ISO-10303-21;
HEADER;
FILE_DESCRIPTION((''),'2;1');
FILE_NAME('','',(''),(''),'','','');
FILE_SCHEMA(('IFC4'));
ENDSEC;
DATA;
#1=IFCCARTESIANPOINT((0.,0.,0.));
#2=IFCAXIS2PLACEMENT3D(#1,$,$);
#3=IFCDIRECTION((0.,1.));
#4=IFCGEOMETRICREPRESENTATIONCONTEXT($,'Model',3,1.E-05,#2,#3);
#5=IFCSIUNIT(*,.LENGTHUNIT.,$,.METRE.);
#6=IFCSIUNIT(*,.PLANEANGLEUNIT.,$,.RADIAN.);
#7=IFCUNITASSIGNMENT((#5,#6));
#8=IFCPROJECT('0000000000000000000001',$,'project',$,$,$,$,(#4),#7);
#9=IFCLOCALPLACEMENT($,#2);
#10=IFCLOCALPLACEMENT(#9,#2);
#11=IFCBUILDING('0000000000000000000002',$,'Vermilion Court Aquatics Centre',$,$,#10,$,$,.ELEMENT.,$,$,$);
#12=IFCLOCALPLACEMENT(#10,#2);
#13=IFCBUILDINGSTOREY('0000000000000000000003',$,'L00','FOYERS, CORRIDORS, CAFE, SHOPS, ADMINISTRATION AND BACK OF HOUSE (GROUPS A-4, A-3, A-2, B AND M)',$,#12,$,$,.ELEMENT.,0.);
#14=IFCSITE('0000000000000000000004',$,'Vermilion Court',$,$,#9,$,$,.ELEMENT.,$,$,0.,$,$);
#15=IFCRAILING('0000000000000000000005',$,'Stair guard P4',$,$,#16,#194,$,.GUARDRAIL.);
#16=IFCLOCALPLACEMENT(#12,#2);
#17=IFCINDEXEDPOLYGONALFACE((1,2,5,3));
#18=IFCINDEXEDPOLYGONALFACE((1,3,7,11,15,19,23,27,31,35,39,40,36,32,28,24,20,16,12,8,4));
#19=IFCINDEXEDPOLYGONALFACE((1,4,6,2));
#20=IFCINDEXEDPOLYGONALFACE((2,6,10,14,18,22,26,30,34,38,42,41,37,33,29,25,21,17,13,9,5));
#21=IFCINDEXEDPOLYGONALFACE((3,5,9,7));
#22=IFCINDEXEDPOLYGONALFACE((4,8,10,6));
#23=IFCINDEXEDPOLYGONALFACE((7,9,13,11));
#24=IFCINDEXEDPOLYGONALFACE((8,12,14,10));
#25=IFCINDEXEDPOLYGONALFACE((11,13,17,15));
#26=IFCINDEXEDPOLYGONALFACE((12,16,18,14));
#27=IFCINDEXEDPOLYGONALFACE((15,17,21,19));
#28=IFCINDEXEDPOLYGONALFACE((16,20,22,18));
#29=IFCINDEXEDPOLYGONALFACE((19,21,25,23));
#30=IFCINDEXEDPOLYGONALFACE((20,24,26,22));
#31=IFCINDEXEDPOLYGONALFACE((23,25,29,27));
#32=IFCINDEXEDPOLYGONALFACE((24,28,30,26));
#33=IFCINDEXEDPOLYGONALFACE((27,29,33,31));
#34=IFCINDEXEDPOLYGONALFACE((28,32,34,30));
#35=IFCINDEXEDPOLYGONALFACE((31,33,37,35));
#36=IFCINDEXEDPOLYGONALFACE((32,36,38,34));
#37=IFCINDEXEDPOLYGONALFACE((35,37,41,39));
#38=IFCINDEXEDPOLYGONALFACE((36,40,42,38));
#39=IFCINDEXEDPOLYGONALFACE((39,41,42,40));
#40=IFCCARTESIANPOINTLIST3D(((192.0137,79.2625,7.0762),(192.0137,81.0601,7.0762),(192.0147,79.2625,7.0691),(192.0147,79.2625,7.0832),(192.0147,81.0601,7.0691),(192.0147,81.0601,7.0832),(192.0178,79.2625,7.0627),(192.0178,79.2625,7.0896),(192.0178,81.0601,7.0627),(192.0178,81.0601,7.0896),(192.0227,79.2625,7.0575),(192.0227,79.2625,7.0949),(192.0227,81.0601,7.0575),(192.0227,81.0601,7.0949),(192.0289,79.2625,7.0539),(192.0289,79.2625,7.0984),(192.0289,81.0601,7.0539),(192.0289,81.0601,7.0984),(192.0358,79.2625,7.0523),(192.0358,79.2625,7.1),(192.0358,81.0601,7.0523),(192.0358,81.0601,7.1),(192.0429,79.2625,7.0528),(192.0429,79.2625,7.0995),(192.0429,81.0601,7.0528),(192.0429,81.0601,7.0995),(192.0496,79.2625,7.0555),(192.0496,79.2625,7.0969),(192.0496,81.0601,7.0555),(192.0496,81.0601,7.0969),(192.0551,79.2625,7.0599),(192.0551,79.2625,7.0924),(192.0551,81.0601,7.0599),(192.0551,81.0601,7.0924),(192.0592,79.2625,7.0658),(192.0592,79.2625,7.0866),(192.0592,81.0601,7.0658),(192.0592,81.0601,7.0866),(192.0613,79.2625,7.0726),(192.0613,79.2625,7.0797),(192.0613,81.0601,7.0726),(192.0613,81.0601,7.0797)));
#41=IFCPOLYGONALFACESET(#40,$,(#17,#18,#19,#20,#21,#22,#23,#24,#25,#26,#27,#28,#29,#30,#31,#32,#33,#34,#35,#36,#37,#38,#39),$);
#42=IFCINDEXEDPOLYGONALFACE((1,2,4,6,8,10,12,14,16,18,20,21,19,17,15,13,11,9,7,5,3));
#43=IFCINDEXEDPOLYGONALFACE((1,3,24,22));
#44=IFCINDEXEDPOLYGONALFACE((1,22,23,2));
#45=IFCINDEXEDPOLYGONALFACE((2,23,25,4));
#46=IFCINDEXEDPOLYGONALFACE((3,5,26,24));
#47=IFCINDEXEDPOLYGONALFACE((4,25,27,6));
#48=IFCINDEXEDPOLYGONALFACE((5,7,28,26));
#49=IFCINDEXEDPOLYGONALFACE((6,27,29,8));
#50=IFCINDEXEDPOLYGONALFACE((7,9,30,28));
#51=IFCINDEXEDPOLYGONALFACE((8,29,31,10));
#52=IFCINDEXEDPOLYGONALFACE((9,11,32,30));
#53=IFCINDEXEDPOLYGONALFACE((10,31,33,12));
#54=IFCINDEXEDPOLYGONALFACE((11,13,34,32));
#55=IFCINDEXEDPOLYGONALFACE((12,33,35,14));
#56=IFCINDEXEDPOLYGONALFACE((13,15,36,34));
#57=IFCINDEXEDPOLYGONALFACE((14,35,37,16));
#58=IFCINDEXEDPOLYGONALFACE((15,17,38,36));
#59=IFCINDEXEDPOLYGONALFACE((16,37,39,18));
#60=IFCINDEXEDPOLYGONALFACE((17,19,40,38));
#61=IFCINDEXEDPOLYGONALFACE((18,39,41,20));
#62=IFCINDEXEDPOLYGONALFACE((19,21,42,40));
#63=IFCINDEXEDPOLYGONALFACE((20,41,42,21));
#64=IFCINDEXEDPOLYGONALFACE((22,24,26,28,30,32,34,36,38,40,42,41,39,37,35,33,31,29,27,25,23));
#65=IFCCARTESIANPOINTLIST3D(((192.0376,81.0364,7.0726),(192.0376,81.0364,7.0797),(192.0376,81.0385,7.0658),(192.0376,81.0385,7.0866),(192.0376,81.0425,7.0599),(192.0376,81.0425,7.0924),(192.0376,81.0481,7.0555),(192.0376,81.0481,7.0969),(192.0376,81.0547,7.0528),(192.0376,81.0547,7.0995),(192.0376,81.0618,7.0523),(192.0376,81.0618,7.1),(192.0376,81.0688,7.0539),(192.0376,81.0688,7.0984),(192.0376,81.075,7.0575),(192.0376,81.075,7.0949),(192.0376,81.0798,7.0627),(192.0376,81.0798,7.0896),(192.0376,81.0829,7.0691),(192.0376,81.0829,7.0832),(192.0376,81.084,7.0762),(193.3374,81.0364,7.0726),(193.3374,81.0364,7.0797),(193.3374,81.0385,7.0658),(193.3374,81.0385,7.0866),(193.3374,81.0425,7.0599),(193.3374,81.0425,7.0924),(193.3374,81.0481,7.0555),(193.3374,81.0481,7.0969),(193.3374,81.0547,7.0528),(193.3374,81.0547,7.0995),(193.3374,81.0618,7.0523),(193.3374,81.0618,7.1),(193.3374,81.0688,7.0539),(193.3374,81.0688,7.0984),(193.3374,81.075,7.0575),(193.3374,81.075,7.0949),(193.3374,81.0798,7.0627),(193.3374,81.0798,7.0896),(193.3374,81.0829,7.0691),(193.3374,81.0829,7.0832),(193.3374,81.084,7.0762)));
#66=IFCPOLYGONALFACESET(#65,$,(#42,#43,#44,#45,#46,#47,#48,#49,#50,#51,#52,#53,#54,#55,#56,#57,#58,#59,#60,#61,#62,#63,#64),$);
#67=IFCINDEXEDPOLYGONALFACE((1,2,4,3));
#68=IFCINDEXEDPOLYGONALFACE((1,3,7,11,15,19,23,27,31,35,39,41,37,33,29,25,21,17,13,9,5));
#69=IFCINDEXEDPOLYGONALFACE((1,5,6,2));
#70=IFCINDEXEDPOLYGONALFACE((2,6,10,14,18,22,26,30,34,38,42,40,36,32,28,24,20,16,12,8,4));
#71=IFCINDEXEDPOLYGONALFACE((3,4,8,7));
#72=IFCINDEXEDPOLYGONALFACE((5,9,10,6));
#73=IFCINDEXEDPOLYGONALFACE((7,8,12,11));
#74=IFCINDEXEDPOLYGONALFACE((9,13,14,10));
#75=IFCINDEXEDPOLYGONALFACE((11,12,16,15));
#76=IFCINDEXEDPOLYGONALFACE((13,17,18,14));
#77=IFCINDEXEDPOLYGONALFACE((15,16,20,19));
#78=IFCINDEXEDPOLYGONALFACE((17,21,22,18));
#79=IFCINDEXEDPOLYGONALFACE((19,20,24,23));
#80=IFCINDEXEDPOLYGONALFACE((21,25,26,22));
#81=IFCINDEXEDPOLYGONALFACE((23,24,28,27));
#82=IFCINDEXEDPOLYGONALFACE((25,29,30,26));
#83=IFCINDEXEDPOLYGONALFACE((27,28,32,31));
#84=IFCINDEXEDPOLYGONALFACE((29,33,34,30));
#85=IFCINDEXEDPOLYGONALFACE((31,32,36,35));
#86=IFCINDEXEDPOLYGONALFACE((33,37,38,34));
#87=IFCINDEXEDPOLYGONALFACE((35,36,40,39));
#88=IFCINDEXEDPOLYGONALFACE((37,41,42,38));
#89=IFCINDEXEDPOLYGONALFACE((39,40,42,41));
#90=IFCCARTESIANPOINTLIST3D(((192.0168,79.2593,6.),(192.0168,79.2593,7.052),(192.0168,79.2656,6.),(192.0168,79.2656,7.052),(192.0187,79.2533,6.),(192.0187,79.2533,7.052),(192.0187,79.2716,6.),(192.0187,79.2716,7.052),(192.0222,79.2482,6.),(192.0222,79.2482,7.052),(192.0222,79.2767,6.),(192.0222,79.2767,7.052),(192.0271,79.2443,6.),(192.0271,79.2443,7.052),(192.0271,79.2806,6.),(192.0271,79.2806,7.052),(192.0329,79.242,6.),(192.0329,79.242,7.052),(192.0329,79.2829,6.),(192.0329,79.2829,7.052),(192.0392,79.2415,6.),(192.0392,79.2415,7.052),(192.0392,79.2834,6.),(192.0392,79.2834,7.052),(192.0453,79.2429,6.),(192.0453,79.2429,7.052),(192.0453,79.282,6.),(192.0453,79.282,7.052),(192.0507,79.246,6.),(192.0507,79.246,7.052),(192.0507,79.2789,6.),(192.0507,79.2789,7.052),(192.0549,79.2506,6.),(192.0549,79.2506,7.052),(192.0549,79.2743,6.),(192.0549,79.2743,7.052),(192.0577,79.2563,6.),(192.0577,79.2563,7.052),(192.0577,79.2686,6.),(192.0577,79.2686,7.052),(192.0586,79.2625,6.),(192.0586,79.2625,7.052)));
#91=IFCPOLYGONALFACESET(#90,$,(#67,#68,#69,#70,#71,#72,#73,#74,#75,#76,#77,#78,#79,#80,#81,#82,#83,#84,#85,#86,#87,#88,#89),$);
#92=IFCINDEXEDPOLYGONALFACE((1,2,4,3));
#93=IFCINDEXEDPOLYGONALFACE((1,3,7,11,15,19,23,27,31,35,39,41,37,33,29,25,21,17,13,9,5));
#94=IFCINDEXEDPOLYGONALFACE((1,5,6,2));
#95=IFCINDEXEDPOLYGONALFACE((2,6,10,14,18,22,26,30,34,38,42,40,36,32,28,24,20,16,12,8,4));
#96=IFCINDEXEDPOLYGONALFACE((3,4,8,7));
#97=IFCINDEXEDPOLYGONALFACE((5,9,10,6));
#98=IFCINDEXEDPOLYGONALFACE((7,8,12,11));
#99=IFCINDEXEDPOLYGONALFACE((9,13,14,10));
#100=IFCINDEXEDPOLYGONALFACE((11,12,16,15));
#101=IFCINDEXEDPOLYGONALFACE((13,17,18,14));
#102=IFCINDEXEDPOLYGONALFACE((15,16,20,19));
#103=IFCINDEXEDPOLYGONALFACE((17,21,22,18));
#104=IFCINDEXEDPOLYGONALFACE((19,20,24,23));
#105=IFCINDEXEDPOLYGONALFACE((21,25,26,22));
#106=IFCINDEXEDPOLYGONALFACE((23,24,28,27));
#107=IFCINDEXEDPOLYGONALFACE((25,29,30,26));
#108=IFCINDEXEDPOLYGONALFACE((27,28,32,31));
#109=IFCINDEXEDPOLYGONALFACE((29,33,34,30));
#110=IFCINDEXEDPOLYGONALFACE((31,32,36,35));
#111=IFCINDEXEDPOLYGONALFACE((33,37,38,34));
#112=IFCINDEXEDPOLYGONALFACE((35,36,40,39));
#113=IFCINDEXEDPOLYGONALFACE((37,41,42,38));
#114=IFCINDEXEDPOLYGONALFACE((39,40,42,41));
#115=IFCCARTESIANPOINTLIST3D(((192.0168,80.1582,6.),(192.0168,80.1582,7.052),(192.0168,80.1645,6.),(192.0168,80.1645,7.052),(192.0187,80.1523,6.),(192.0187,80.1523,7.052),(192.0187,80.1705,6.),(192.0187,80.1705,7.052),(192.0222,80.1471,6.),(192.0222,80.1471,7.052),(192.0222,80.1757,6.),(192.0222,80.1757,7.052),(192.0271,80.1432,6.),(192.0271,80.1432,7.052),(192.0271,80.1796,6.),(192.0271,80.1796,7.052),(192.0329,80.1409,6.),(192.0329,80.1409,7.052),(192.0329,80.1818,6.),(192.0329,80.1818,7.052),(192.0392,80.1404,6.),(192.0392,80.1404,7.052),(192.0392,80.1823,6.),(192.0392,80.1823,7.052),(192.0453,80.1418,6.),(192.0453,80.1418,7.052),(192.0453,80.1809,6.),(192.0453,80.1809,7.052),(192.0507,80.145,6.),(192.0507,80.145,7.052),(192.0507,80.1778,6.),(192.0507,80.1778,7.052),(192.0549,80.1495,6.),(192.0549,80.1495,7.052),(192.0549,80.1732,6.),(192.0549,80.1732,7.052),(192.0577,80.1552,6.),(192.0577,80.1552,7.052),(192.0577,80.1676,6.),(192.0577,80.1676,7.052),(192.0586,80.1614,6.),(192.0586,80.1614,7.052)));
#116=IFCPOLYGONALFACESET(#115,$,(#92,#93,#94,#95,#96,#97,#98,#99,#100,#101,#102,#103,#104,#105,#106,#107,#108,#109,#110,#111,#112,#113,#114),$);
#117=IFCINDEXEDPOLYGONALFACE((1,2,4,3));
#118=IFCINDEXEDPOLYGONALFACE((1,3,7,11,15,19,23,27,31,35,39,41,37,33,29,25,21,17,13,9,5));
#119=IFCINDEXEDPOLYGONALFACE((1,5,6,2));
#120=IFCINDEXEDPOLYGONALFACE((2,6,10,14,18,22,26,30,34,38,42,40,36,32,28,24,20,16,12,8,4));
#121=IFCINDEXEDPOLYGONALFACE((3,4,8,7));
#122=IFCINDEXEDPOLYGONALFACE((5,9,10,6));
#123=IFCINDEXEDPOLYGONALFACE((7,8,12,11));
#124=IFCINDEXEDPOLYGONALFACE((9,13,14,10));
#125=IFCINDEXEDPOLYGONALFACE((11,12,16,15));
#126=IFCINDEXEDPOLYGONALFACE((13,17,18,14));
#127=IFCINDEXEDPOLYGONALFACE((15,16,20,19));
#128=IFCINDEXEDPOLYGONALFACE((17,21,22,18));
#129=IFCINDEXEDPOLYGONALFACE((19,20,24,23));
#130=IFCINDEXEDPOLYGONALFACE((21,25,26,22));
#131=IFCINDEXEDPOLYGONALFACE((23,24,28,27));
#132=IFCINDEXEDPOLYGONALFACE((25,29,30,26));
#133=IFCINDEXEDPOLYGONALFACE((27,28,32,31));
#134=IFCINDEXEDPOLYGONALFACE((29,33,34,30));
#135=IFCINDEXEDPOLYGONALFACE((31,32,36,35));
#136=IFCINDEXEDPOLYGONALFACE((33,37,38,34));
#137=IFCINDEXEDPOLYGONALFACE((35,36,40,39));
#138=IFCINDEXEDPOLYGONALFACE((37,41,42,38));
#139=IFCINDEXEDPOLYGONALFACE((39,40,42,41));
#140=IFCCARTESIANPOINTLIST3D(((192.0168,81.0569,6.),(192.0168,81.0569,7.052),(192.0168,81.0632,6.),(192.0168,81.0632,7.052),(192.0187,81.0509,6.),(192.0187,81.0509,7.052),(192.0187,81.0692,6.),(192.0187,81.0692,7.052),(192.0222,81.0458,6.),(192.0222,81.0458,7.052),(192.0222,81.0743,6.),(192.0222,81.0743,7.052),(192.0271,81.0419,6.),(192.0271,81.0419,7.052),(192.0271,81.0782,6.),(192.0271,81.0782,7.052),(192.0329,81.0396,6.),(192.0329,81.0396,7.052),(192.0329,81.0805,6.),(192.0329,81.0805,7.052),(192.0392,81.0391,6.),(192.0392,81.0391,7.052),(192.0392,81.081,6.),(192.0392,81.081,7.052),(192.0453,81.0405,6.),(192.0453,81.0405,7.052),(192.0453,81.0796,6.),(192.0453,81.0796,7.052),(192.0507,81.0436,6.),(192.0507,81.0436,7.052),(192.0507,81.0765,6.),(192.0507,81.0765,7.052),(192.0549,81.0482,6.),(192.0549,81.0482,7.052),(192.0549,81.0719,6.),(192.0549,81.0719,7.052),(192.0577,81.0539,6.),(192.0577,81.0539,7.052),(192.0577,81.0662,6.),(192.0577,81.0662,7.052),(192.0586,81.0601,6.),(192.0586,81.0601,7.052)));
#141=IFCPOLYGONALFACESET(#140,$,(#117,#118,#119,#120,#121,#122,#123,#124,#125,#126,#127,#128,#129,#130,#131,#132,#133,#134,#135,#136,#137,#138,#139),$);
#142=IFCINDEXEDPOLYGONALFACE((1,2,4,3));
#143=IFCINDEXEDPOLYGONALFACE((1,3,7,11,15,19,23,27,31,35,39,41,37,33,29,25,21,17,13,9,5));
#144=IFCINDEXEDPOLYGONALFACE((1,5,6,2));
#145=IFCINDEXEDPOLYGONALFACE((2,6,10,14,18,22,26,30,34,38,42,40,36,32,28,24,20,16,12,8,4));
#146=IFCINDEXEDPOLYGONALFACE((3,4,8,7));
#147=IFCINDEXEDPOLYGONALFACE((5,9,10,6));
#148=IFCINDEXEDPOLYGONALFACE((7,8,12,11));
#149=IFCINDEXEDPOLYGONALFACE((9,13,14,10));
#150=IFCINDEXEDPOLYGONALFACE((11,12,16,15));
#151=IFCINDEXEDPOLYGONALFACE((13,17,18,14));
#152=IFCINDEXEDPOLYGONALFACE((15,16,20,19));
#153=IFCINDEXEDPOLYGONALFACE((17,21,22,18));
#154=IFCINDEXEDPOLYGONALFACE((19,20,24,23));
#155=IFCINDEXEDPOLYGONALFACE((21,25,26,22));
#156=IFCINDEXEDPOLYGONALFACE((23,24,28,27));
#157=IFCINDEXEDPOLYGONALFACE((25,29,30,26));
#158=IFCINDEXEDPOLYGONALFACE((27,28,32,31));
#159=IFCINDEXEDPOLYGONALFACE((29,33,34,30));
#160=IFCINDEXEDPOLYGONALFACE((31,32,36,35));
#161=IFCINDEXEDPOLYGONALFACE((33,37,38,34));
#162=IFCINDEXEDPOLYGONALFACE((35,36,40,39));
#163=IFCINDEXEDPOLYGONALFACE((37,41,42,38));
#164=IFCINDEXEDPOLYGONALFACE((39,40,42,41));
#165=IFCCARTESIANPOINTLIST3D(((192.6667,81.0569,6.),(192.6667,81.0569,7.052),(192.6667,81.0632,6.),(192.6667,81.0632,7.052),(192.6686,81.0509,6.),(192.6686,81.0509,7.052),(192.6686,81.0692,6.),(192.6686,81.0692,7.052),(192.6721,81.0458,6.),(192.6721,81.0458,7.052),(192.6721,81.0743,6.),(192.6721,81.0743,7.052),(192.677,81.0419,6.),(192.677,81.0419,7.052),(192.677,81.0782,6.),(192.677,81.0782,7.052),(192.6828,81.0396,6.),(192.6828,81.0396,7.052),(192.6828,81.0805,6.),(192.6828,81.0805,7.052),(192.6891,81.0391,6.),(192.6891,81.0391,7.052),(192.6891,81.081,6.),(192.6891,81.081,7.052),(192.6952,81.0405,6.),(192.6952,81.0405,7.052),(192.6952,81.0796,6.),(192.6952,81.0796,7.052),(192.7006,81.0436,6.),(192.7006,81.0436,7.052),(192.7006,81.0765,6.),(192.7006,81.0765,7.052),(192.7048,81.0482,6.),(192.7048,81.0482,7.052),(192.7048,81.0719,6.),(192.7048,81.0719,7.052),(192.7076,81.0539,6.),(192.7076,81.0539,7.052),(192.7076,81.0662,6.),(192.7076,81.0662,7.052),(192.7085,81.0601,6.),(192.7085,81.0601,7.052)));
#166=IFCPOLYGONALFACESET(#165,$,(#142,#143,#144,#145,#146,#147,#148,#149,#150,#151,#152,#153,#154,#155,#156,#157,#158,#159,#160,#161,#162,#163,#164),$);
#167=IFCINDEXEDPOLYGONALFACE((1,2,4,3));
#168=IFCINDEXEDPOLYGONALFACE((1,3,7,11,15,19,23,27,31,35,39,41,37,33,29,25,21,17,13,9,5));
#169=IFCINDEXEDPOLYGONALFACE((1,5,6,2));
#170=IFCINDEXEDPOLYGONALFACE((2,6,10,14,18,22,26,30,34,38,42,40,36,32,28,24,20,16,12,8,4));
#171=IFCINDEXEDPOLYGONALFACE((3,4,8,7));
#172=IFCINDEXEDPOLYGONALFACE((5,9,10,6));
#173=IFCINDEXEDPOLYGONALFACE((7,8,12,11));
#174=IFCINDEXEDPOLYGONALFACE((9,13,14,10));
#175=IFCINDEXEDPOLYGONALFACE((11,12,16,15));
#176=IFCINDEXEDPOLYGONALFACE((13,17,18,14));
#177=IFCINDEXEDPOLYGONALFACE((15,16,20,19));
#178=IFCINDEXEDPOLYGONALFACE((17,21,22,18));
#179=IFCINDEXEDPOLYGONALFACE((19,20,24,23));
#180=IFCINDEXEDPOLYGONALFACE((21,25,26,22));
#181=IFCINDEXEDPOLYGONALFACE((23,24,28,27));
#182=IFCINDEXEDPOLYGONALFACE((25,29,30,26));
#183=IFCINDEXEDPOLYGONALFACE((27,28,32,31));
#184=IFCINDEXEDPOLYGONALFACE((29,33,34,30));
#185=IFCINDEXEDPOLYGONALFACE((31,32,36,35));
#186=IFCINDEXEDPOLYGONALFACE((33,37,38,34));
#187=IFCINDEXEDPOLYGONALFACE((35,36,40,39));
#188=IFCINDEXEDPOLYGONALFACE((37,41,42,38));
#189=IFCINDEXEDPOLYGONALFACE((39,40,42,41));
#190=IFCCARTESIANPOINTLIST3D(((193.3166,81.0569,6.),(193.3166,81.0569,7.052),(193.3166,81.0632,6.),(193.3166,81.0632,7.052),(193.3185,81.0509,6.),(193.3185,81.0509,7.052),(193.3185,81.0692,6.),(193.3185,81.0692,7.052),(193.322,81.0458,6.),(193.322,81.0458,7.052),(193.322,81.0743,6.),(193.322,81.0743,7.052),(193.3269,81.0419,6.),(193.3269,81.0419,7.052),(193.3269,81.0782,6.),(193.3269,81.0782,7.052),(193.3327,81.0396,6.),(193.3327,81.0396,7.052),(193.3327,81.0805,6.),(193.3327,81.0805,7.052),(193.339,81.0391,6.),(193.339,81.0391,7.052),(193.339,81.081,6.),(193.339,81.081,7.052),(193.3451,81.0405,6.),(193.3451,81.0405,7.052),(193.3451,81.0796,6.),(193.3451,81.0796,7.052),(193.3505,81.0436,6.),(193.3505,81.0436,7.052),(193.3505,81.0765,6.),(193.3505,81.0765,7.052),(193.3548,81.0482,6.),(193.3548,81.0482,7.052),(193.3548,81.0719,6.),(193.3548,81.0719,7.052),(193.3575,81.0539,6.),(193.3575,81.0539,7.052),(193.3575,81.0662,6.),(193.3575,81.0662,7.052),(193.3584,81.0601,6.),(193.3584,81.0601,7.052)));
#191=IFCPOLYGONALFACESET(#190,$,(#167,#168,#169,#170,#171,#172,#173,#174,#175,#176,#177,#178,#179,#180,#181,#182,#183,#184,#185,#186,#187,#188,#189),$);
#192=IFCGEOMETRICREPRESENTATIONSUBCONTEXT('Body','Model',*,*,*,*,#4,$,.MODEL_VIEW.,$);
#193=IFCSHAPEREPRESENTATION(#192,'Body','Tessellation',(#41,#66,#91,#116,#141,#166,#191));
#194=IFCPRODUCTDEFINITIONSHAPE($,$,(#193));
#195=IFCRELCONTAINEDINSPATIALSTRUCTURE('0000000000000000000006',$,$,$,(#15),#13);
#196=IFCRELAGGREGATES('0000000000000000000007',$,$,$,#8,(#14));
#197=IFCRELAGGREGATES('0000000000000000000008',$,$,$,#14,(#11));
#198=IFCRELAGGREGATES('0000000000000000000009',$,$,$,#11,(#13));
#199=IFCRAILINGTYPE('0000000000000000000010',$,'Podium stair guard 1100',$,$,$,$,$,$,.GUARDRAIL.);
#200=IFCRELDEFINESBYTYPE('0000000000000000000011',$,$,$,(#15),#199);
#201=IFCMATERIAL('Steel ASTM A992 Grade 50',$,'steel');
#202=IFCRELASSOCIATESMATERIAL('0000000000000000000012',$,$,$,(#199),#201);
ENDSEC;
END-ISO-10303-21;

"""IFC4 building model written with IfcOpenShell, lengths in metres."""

from ifc_helpers import new_model, si_unit, direction, frame, origin, origin_2d, place, context, subcontext, project, spatial, circle, extrude, material, type_object, element, save


model = new_model("IFC4")

# Units and contexts
model_context = context("Model", 3, precision=1e-05, world=origin(), true_north=direction((0.0, 1.0)))
body_context = subcontext(model_context, "Body", "Model", "MODEL_VIEW")
ifc_project = project(units=[si_unit("LENGTHUNIT", "METRE"), si_unit("PLANEANGLEUNIT", "RADIAN")], contexts=[model_context])

# Site, building, storey
site_placement = place(None, origin())
site = spatial("IfcSite", under=ifc_project, at=site_placement, Name="Vermilion Court", CompositionType="ELEMENT", RefElevation=0.0)
building_placement = place(site_placement, origin())
building = spatial("IfcBuilding", under=site, at=building_placement, Name="Vermilion Court Aquatics Centre", CompositionType="ELEMENT")
storey_placement = place(building_placement, origin())
storey = spatial("IfcBuildingStorey", under=building, at=storey_placement, Name="L00", Description="FOYERS, CORRIDORS, CAFE, SHOPS, ADMINISTRATION AND BACK OF HOUSE (GROUPS A-4, A-3, A-2, B AND M)", CompositionType="ELEMENT", Elevation=0.0)

# Railing
ifc_material_1 = material(Name="Steel ASTM A992 Grade 50", Category="steel")
railing_type_1 = type_object("IfcRailingType", Name="Podium stair guard 1100", PredefinedType="GUARDRAIL", material=ifc_material_1)
railing_1_placement = place(storey_placement, frame((192.0376, 79.2625, 6.0)))
element("IfcRailing", 1, at=railing_1_placement, inside=storey, type_object=railing_type_1, Name="Stair guard P4", PredefinedType="GUARDRAIL", context=body_context, shape_type="SweptSolid", body=[
    extrude(circle(Radius=0.0239, at=origin_2d()), frame((0.0, 0.0, 1.0762), z_axis=(0.0, 1.0, 0.0), x_axis=(-1.0, 0.0, 0.0)), (0.0, 0.0, 1.0), 1.7976),
    extrude(circle(Radius=0.0239, at=origin_2d()), frame((0.0, 1.7976, 1.0762), z_axis=(1.0, 0.0, 0.0), x_axis=(0.0, 1.0, 0.0)), (0.0, 0.0, 1.0), 1.2998),
    extrude(circle(Radius=0.021, at=origin_2d()), origin(), (0.0, 0.0, 1.0), 1.052),
    extrude(circle(Radius=0.021, at=origin_2d()), frame((0.0, 0.8989, 0.0)), (0.0, 0.0, 1.0), 1.052),
    extrude(circle(Radius=0.021, at=origin_2d()), frame((0.0, 1.7976, 0.0)), (0.0, 0.0, 1.0), 1.052),
    extrude(circle(Radius=0.021, at=origin_2d()), frame((0.6499, 1.7976, 0.0)), (0.0, 0.0, 1.0), 1.052),
    extrude(circle(Radius=0.021, at=origin_2d()), frame((1.2998, 1.7976, 0.0)), (0.0, 0.0, 1.0), 1.052),
])

save(model, "model.ifc")
